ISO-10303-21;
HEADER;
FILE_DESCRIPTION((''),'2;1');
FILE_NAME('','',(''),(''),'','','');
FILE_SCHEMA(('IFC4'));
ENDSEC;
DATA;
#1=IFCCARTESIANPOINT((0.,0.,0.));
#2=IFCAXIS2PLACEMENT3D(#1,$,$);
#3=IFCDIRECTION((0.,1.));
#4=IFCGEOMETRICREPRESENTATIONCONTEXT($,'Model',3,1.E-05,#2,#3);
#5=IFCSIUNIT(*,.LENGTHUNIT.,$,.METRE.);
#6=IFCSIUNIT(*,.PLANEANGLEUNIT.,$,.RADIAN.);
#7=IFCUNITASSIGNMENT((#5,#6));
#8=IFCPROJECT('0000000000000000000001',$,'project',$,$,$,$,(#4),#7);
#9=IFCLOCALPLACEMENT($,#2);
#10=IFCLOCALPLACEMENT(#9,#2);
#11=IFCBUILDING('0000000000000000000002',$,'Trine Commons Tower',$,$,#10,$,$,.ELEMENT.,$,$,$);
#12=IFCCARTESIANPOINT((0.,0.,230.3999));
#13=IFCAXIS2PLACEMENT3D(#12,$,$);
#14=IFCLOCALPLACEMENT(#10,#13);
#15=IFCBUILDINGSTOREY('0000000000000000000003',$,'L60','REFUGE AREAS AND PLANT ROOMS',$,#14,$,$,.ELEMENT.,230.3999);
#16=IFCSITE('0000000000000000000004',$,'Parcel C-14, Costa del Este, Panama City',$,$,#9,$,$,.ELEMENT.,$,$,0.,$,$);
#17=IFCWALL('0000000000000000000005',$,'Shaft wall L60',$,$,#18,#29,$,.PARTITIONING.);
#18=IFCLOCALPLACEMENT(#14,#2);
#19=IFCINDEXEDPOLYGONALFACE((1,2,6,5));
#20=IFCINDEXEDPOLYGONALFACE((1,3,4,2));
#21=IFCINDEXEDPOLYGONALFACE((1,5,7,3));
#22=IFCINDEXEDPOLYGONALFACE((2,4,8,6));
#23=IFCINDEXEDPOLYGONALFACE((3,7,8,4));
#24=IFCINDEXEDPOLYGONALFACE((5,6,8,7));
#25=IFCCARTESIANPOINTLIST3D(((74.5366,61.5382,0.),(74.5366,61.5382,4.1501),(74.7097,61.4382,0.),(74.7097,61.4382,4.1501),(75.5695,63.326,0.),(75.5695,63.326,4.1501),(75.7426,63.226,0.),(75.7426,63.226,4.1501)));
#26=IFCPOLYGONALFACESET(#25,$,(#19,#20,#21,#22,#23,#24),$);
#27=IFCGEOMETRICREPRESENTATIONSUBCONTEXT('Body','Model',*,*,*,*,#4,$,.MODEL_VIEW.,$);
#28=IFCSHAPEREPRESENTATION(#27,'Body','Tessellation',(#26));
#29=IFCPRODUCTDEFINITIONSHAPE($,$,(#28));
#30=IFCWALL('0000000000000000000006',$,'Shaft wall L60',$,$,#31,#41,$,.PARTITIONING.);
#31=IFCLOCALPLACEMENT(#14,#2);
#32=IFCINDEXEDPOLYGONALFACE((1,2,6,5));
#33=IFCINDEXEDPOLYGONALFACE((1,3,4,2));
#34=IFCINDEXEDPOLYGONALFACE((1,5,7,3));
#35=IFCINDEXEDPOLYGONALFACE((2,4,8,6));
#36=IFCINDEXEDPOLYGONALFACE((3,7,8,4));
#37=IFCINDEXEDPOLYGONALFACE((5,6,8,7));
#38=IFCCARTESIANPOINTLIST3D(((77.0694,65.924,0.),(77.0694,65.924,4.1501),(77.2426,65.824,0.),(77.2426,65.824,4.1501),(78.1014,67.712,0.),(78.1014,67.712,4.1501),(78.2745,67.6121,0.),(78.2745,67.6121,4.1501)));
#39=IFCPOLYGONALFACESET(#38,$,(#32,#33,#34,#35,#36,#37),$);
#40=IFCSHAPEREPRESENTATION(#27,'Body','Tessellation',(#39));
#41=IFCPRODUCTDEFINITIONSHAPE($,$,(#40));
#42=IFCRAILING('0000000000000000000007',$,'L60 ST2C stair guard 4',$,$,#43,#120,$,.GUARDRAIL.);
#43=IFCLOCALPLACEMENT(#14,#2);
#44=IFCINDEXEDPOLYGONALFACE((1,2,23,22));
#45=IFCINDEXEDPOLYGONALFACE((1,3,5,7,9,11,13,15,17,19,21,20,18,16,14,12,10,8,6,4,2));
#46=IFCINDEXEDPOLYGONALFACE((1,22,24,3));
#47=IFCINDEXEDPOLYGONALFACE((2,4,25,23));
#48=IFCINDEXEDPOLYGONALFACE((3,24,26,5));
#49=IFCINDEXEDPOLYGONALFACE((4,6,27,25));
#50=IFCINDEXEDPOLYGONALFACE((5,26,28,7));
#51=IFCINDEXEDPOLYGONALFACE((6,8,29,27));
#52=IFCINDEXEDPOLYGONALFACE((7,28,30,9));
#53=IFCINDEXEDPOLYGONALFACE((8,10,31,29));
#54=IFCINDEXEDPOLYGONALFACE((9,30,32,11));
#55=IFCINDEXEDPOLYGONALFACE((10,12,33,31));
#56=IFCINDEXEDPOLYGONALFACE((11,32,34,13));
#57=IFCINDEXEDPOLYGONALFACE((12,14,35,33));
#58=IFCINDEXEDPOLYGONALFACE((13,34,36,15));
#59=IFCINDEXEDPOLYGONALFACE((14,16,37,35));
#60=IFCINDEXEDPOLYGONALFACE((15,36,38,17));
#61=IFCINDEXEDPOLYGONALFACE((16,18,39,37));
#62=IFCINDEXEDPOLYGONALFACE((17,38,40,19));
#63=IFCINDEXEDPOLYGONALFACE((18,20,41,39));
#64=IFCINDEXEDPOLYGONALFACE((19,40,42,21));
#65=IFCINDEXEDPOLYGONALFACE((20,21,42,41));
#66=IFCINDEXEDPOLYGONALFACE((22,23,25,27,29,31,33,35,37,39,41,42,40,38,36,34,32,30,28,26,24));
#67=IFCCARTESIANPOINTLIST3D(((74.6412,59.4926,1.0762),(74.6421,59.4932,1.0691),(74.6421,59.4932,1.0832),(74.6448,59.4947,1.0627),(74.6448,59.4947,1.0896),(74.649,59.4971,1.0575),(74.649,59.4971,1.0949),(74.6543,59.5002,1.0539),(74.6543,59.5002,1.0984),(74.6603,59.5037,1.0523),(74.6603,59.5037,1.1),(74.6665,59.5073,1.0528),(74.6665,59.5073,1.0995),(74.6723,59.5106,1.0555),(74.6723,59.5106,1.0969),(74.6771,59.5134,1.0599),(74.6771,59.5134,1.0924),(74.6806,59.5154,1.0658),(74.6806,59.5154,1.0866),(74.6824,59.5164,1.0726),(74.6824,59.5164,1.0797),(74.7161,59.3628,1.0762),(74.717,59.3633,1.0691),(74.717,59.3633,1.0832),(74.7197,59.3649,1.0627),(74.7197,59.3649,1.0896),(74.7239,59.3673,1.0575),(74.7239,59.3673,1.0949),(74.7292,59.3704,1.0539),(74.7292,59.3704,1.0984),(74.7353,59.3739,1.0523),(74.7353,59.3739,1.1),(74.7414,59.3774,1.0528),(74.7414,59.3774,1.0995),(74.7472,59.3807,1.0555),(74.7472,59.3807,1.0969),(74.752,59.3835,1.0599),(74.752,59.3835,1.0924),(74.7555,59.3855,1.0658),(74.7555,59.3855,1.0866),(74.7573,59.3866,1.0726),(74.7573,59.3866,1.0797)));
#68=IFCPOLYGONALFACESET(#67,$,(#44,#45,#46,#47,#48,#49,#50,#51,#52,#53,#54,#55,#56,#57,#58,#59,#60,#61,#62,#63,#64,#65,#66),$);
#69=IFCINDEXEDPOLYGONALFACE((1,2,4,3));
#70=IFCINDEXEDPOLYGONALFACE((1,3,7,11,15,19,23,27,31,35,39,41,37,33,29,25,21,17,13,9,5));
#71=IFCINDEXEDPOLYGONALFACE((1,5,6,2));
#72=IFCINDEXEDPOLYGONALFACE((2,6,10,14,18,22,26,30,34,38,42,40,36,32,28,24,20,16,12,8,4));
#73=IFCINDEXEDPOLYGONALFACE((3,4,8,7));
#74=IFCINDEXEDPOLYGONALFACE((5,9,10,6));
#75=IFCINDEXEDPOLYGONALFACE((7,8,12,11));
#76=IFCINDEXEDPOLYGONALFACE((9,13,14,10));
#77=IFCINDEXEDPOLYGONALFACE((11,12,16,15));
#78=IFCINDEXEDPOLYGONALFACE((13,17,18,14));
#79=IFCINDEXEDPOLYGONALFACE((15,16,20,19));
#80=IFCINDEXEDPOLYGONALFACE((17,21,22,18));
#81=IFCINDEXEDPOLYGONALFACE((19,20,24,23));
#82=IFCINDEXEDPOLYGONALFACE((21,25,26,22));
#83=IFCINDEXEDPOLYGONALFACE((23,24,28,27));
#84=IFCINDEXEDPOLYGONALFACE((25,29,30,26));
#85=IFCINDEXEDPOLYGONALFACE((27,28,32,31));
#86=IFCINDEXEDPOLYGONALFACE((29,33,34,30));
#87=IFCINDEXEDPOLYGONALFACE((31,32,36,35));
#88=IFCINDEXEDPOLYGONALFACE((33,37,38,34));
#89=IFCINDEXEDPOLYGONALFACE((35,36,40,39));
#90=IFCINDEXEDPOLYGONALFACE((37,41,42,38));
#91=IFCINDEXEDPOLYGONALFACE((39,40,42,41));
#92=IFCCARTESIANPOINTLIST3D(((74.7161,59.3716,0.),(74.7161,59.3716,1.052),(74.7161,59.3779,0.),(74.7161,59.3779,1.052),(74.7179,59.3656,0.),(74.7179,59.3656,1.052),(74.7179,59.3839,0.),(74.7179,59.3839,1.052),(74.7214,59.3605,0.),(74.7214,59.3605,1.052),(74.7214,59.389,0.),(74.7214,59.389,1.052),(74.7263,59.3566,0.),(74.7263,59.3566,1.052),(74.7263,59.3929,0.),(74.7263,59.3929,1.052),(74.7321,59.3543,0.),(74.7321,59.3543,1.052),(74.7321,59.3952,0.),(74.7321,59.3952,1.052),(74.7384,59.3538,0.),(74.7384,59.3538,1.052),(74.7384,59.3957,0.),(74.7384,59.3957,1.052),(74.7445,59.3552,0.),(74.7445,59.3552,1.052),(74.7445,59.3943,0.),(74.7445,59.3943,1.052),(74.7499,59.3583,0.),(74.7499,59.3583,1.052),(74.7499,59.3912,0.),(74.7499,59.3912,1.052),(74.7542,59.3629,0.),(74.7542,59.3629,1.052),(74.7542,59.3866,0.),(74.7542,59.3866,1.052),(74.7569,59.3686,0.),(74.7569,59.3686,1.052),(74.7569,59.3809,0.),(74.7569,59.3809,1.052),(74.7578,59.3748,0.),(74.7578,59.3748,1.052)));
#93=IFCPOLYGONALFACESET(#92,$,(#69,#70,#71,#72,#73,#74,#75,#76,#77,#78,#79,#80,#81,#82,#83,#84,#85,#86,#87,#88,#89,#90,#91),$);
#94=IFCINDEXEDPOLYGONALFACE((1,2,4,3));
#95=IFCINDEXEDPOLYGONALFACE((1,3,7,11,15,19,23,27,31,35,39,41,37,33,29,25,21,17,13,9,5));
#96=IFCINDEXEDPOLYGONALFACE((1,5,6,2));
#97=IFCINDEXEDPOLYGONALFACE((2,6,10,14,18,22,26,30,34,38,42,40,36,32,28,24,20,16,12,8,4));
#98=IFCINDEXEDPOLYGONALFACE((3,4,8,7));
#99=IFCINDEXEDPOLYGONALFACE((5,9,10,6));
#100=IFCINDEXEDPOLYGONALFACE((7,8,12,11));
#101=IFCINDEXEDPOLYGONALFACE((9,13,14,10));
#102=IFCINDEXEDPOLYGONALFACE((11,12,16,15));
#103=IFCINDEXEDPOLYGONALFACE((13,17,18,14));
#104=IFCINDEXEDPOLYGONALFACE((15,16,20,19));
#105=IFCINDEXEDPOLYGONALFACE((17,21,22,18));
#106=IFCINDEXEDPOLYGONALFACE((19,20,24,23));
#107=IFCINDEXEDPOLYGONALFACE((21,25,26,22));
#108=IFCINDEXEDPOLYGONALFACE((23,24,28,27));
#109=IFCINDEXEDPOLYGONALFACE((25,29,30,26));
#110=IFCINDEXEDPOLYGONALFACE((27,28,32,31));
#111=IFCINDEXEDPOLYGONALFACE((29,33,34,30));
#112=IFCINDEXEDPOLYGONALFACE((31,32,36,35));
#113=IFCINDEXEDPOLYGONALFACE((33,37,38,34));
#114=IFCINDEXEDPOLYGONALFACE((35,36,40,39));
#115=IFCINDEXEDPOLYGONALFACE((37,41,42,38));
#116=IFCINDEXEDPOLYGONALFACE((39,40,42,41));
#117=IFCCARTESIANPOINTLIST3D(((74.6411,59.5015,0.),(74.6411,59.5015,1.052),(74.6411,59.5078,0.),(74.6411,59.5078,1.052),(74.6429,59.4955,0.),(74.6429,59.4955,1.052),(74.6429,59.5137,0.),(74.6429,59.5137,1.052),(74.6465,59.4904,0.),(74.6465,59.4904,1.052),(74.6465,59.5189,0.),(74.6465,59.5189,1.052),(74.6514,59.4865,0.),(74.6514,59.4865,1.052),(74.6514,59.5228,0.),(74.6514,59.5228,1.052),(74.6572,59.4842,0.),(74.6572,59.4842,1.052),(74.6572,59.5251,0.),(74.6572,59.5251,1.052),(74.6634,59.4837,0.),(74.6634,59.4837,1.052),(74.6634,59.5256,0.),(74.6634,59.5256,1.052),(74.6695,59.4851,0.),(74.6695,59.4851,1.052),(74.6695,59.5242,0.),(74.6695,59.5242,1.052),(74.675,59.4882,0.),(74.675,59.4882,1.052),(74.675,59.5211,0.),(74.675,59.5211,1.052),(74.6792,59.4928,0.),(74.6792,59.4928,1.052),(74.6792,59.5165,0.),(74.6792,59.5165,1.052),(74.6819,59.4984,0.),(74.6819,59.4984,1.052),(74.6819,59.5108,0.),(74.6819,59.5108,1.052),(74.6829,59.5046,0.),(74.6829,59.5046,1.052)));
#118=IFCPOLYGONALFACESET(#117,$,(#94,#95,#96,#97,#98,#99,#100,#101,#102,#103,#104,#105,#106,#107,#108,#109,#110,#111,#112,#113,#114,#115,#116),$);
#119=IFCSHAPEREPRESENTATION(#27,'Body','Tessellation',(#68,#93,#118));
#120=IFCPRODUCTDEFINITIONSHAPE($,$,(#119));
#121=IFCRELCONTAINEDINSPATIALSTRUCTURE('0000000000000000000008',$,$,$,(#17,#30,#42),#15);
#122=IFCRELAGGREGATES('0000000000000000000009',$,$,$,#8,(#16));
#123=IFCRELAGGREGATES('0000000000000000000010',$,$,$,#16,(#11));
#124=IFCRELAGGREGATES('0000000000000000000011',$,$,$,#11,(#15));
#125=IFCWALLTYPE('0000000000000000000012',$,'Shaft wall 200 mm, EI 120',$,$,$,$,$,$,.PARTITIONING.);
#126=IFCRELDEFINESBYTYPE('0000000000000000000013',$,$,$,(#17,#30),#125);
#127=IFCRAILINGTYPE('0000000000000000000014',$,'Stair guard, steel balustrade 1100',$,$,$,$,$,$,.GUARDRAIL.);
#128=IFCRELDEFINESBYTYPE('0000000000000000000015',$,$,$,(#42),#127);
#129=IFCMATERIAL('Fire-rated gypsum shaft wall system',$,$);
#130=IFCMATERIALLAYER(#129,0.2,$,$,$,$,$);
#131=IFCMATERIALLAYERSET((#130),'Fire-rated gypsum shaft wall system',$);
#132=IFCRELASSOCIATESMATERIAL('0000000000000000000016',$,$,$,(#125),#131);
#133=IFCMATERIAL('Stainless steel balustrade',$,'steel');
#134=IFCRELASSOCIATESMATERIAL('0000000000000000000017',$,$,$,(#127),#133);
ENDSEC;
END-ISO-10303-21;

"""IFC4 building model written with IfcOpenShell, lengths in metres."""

from ifc_helpers import new_model, si_unit, direction, frame, frame_2d, origin, origin_2d, place, context, subcontext, project, spatial, rectangle, circle, extrude, material, layer, layer_set, type_object, element, save


model = new_model("IFC4")

# Units and contexts
model_context = context("Model", 3, precision=1e-05, world=origin(), true_north=direction((0.0, 1.0)))
body_context = subcontext(model_context, "Body", "Model", "MODEL_VIEW")
ifc_project = project(units=[si_unit("LENGTHUNIT", "METRE"), si_unit("PLANEANGLEUNIT", "RADIAN")], contexts=[model_context])

# Site, building, storey
site_placement = place(None, origin())
site = spatial("IfcSite", under=ifc_project, at=site_placement, Name="Parcel C-14, Costa del Este, Panama City", CompositionType="ELEMENT", RefElevation=0.0)
building_placement = place(site_placement, origin())
building = spatial("IfcBuilding", under=site, at=building_placement, Name="Trine Commons Tower", CompositionType="ELEMENT")
storey_placement = place(building_placement, frame((0.0, 0.0, 230.3999)))
storey = spatial("IfcBuildingStorey", under=building, at=storey_placement, Name="L60", Description="REFUGE AREAS AND PLANT ROOMS", CompositionType="ELEMENT", Elevation=230.3999)

# Shared definitions
ifc_material_1 = material(Name="Fire-rated gypsum shaft wall system")

# Walls
ifc_layer_1 = layer(ifc_material_1, 0.2)
ifc_layer_set_1 = layer_set([ifc_layer_1], Name="Fire-rated gypsum shaft wall system")
wall_type_1 = type_object("IfcWallType", Name="Shaft wall 200 mm, EI 120", PredefinedType="PARTITIONING", material=ifc_layer_set_1)
wall_1_placement = place(storey_placement, frame((75.656, 63.2759, 0.0), z_axis=(0.0, 0.0, 1.0), x_axis=(-0.500272, -0.865868, 0.0)))
element("IfcWall", 1, at=wall_1_placement, inside=storey, type_object=wall_type_1, Name="Shaft wall L60", PredefinedType="PARTITIONING", context=body_context, shape_type="SweptSolid", body=[
    extrude(rectangle(XDim=2.0647, YDim=0.2, at=frame_2d((1.0322, 0.0))), origin(), (0.0, 0.0, 1.0), 4.1501),
])
wall_2_placement = place(storey_placement, frame((77.156, 65.874, 0.0), z_axis=(0.0, 0.0, 1.0), x_axis=(0.499866, 0.866103, 0.0)))
element("IfcWall", 2, at=wall_2_placement, inside=storey, type_object=wall_type_1, Name="Shaft wall L60", PredefinedType="PARTITIONING", context=body_context, shape_type="SweptSolid", body=[
    extrude(rectangle(XDim=2.0645, YDim=0.2, at=frame_2d((1.0322, 0.0))), origin(), (0.0, 0.0, 1.0), 4.1501),
])

# Railing
ifc_material_2 = material(Name="Stainless steel balustrade", Category="steel")
railing_type_1 = type_object("IfcRailingType", Name="Stair guard, steel balustrade 1100", PredefinedType="GUARDRAIL", material=ifc_material_2)
railing_1_placement = place(storey_placement, frame((74.7368, 59.3748, 0.0)))
element("IfcRailing", 3, at=railing_1_placement, inside=storey, type_object=railing_type_1, Name="L60 ST2C stair guard 4", PredefinedType="GUARDRAIL", context=body_context, shape_type="SweptSolid", body=[
    extrude(circle(Radius=0.0239, at=origin_2d()), frame((0.0, 0.0, 1.0762), z_axis=(-0.499816, 0.866131, 0.0), x_axis=(-0.866131, -0.499816, 0.0)), (0.0, 0.0, 1.0), 0.1499),
    extrude(circle(Radius=0.021, at=origin_2d()), origin(), (0.0, 0.0, 1.0), 1.052),
    extrude(circle(Radius=0.021, at=origin_2d()), frame((-0.075, 0.1299, 0.0)), (0.0, 0.0, 1.0), 1.052),
])

save(model, "model.ifc")
